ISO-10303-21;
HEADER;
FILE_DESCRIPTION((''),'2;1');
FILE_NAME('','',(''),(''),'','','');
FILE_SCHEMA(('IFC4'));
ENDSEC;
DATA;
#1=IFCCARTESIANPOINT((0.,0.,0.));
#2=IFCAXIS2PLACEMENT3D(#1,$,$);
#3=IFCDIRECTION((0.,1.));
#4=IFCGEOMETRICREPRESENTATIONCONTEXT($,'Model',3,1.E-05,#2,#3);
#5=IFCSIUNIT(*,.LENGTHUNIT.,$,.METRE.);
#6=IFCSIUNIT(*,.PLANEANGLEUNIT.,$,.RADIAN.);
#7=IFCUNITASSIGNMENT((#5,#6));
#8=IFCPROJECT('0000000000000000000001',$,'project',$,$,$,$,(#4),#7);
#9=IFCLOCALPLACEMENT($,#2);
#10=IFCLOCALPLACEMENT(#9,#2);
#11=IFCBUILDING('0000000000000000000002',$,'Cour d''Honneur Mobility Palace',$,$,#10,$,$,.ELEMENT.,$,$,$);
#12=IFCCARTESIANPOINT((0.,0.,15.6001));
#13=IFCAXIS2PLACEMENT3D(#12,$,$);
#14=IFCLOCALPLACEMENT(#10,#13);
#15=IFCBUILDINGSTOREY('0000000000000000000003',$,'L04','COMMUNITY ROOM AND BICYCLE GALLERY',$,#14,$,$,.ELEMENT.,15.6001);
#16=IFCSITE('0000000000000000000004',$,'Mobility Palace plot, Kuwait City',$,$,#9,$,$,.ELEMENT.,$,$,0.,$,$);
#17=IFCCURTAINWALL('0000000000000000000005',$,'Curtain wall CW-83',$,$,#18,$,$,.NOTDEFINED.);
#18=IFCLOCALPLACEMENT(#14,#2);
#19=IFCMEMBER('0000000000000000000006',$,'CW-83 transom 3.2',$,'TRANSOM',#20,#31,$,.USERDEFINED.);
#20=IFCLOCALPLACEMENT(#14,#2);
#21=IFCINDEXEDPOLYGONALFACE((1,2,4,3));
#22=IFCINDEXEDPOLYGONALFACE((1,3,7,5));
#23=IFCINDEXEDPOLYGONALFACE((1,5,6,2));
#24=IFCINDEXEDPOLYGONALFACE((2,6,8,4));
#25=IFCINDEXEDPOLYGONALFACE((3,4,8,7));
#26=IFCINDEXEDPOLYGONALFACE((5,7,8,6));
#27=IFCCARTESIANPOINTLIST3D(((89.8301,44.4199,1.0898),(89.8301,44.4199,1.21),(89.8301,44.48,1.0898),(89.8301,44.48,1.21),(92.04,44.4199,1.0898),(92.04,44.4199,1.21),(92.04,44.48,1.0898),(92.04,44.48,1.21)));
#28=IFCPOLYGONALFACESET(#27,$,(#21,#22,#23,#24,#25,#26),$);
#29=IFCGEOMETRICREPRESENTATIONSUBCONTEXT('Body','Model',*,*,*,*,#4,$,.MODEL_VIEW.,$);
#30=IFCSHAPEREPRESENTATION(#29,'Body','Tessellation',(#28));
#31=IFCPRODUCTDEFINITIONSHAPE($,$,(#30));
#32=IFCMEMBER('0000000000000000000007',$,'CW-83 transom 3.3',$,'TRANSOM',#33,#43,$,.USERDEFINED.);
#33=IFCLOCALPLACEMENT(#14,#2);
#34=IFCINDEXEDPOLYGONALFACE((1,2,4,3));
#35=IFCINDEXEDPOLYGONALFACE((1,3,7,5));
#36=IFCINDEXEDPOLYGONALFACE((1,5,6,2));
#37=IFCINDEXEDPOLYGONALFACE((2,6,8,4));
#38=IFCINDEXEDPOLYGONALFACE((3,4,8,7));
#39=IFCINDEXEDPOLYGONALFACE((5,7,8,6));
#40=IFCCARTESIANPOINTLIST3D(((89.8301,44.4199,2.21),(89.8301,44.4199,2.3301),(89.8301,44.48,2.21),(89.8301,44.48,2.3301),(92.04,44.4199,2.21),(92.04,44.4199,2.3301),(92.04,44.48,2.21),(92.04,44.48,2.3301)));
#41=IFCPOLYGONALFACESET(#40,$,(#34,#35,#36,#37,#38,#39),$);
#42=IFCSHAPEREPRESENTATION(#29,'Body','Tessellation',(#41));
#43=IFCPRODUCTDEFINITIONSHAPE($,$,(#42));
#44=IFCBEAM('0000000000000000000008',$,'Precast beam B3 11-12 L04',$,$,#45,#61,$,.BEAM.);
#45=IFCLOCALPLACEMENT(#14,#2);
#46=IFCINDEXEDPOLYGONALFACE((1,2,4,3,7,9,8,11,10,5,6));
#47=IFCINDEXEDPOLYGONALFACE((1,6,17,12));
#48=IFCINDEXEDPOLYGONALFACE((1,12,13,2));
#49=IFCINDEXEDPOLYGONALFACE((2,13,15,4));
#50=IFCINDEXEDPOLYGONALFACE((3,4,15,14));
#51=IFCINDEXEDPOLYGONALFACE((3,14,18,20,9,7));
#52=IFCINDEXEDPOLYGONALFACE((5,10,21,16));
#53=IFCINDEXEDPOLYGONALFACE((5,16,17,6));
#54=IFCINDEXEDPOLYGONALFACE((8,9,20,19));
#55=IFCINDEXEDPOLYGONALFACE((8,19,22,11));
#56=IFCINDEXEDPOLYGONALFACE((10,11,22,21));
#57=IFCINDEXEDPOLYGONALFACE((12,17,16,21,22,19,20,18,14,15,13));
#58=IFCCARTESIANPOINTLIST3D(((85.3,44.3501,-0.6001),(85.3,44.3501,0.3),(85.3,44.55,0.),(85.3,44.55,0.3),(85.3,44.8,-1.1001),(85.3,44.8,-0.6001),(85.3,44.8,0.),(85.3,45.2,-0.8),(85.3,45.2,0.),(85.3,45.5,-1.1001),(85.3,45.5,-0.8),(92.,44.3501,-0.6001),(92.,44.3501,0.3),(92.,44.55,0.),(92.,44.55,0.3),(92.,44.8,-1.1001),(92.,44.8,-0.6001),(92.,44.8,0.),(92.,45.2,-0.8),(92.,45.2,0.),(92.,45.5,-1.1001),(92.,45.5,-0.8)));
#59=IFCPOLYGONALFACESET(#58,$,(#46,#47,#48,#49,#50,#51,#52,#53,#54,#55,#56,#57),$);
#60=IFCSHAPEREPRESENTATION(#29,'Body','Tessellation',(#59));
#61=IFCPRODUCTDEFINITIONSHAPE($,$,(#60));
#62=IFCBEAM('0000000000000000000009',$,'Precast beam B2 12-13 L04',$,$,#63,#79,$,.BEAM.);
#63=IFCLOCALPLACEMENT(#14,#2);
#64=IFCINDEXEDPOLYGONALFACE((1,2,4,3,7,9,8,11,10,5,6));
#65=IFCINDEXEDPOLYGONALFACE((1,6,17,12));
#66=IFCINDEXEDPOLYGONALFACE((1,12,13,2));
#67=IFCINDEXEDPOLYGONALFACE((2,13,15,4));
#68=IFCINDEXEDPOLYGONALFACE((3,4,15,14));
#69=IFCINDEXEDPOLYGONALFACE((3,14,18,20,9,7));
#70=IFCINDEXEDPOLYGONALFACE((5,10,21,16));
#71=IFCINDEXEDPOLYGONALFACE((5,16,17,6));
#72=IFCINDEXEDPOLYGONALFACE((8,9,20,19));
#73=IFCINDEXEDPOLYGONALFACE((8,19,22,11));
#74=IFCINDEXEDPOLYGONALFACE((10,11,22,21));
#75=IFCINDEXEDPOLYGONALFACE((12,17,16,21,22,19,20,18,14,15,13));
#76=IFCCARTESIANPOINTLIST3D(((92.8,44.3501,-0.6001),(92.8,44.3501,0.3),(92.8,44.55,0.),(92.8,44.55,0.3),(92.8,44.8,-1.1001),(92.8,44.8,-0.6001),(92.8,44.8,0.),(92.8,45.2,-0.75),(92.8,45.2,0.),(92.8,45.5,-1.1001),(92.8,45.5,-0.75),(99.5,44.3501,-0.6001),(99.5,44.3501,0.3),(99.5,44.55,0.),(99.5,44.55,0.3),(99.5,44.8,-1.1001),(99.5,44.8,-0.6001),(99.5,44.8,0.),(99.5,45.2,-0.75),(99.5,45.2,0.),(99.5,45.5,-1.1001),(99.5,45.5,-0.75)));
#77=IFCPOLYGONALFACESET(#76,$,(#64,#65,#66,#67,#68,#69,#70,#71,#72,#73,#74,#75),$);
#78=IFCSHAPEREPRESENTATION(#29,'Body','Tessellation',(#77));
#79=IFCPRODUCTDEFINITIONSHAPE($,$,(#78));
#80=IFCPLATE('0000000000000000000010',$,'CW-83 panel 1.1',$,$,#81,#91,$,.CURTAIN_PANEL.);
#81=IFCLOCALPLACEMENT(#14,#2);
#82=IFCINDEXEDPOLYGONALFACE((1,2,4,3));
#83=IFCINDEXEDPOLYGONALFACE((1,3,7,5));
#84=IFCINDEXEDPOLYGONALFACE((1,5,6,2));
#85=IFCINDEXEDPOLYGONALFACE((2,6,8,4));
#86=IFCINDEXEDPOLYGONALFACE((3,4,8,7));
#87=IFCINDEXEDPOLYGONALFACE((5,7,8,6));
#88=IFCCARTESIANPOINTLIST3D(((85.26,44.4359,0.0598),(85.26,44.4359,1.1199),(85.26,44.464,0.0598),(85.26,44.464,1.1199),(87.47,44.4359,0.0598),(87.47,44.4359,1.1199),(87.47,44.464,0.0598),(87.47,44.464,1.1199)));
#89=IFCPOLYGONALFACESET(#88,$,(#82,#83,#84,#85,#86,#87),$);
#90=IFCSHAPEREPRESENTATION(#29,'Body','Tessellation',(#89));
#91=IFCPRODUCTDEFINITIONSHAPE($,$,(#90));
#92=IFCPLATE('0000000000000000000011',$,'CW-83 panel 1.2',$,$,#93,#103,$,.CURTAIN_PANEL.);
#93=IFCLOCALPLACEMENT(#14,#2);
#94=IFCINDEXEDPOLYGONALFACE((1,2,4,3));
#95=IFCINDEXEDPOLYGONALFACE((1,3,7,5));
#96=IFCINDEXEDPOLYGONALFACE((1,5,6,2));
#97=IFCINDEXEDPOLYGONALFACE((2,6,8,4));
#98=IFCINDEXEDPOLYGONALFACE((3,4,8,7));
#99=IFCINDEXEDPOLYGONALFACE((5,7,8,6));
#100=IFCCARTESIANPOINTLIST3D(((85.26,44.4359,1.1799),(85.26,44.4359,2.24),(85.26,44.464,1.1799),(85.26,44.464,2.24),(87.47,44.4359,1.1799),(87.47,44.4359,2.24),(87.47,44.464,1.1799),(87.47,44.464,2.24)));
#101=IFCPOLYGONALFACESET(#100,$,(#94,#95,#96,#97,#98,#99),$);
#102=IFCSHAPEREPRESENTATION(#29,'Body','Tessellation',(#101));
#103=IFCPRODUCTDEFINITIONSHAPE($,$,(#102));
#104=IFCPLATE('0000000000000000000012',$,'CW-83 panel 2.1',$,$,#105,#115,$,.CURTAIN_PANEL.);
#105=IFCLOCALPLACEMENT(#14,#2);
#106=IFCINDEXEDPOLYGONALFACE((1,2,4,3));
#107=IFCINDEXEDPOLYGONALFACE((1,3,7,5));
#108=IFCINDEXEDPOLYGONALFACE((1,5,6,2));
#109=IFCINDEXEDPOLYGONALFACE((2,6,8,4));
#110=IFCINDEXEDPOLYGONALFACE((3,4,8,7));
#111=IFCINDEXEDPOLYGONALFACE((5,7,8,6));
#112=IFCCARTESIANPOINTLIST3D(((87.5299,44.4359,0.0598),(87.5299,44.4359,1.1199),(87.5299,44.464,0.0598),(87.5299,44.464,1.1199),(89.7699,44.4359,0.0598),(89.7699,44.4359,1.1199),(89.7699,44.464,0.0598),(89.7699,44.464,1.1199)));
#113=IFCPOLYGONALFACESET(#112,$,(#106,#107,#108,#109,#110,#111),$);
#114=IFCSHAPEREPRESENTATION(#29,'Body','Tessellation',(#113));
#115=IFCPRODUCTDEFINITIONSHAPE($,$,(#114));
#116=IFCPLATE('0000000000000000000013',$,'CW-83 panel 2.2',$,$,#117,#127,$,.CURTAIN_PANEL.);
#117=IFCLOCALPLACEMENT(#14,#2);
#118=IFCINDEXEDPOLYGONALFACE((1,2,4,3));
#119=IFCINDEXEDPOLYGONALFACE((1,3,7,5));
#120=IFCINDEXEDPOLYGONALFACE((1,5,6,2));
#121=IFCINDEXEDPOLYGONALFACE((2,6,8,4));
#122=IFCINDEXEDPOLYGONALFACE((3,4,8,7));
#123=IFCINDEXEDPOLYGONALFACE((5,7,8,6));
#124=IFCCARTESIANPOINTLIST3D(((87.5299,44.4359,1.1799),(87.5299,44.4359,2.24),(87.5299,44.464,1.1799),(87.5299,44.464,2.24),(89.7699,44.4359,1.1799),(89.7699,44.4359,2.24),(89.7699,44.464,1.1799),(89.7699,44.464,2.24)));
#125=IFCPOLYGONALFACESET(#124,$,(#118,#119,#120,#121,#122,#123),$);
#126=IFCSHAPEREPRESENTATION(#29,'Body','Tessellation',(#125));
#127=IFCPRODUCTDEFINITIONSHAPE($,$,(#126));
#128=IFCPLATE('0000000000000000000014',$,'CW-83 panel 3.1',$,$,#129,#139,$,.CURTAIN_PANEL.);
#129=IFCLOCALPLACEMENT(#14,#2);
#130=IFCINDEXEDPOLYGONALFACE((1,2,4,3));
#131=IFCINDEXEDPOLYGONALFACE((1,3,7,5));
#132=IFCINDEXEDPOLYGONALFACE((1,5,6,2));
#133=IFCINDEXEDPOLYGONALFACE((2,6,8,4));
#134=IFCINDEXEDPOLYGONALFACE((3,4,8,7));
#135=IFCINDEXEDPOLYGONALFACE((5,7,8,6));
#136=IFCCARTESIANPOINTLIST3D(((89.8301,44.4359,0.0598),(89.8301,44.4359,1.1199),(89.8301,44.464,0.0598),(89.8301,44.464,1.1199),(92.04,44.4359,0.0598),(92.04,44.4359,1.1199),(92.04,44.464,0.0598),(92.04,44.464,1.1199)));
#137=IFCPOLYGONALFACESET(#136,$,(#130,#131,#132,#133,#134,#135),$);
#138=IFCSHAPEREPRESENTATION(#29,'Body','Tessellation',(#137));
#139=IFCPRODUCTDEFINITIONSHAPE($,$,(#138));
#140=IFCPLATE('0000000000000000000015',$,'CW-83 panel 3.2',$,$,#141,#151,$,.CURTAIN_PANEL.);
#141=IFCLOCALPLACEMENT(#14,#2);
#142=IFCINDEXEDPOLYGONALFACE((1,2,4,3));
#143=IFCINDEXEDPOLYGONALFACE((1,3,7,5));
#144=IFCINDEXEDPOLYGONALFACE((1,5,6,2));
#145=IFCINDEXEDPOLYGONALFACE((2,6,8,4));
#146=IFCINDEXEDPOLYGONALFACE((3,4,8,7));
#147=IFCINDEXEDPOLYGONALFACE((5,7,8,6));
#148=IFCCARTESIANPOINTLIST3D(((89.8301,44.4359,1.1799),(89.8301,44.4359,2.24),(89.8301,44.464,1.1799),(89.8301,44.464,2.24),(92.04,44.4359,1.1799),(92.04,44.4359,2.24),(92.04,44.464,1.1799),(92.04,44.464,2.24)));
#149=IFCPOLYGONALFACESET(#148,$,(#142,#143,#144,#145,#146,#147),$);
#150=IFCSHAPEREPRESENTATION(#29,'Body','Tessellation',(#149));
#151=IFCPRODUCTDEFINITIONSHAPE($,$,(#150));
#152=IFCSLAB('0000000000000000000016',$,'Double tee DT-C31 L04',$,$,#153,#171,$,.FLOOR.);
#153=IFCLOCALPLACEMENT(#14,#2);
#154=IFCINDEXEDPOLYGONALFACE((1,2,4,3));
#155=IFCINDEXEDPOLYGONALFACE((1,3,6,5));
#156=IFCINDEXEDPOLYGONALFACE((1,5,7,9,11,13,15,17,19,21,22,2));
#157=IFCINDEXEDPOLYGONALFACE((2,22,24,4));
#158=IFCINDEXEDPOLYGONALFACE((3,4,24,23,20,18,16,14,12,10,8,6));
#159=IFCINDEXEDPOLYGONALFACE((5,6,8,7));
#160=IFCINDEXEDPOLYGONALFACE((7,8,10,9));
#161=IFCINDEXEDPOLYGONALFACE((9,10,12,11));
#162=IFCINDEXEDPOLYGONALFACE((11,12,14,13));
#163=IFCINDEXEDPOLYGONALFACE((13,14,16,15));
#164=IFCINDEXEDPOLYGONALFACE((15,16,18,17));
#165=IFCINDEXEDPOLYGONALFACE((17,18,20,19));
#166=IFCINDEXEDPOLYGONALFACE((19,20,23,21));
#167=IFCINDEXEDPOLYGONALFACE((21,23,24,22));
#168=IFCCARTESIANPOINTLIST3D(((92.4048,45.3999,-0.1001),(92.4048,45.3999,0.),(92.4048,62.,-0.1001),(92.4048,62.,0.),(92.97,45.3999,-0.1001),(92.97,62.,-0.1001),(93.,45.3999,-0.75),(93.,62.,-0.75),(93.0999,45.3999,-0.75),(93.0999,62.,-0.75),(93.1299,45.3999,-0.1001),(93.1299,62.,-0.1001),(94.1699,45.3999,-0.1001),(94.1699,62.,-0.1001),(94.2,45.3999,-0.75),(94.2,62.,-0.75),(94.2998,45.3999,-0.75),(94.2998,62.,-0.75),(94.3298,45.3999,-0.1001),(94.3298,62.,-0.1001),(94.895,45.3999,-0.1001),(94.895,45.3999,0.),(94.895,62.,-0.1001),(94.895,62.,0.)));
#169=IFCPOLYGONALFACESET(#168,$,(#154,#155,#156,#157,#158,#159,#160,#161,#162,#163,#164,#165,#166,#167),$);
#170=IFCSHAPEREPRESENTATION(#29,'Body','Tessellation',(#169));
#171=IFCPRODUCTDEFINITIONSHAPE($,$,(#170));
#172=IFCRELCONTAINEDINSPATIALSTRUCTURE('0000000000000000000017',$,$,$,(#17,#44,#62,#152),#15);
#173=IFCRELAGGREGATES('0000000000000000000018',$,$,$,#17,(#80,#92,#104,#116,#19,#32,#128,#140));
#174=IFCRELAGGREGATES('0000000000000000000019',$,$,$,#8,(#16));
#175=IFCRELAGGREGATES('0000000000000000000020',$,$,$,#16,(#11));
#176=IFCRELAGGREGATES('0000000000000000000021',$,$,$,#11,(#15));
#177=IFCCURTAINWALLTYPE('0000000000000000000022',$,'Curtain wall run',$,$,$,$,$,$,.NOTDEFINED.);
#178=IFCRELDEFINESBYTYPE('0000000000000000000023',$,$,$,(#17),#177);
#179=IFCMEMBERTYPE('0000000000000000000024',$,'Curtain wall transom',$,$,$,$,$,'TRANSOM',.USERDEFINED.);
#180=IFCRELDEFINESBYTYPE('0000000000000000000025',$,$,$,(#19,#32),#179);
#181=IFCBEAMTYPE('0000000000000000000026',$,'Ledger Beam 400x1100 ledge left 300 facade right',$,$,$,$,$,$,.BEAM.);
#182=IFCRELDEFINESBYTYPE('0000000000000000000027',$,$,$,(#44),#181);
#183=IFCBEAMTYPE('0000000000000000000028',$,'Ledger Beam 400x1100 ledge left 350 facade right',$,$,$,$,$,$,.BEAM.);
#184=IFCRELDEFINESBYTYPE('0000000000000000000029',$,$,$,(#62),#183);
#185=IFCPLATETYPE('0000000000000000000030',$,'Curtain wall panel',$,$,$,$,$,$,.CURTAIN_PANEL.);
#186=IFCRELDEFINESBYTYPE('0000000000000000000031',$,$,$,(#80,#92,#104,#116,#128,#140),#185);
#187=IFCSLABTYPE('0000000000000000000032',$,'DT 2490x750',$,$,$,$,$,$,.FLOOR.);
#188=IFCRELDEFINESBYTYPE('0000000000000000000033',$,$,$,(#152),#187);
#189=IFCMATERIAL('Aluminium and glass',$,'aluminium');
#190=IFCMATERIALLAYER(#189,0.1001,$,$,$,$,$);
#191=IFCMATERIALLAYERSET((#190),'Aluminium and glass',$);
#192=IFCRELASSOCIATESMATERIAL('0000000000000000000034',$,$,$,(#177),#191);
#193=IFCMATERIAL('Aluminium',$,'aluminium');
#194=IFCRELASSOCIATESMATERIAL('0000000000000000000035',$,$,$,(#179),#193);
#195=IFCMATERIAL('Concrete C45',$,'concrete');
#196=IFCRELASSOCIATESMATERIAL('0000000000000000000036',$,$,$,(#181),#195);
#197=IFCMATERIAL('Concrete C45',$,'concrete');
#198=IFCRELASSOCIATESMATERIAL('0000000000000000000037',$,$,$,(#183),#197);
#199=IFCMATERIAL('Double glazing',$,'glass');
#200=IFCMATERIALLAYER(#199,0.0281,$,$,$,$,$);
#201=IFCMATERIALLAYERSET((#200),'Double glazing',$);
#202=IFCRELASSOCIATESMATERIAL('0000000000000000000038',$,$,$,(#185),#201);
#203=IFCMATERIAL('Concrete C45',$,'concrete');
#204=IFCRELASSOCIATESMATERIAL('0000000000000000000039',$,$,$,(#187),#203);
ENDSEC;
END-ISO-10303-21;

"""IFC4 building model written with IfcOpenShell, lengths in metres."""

from ifc_helpers import new_model, si_unit, direction, frame, origin, origin_2d, place, context, subcontext, project, spatial, polyline, rectangle, outline, extrude, material, layer, layer_set, material_profile, profile_set, type_object, element, aggregate, save


model = new_model("IFC4")

# Units and contexts
model_context = context("Model", 3, precision=1e-05, world=origin(), true_north=direction((0.0, 1.0)))
body_context = subcontext(model_context, "Body", "Model", "MODEL_VIEW")
ifc_project = project(units=[si_unit("LENGTHUNIT", "METRE"), si_unit("PLANEANGLEUNIT", "RADIAN")], contexts=[model_context])

# Site, building, storey
site_placement = place(None, origin())
site = spatial("IfcSite", under=ifc_project, at=site_placement, Name="Mobility Palace plot, Kuwait City", CompositionType="ELEMENT", RefElevation=0.0)
building_placement = place(site_placement, origin())
building = spatial("IfcBuilding", under=site, at=building_placement, Name="Cour d'Honneur Mobility Palace", CompositionType="ELEMENT")
storey_placement = place(building_placement, frame((0.0, 0.0, 15.6001)))
storey = spatial("IfcBuildingStorey", under=building, at=storey_placement, Name="L04", Description="COMMUNITY ROOM AND BICYCLE GALLERY", CompositionType="ELEMENT", Elevation=15.6001)

# Shared definitions
ifc_material_1 = material(Name="Aluminium and glass", Category="aluminium")
ifc_layer_1 = layer(ifc_material_1, 0.1001)
ifc_layer_set_1 = layer_set([ifc_layer_1], Name="Aluminium and glass")
curtain_wall_type = type_object("IfcCurtainWallType", Name="Curtain wall run", PredefinedType="NOTDEFINED", material=ifc_layer_set_1)

# Curtain wall, members
curtain_wall_1_placement = place(storey_placement, origin())
curtain_wall_1 = element("IfcCurtainWall", 1, at=curtain_wall_1_placement, inside=storey, type_object=curtain_wall_type, Name="Curtain wall CW-83", PredefinedType="NOTDEFINED")
ifc_material_2 = material(Name="Aluminium", Category="aluminium")
ifc_material_profile_1 = material_profile(ifc_material_2, rectangle(XDim=0.0601, YDim=0.1201, at=origin_2d()), Name="Curtain wall transom")
ifc_profile_set_1 = profile_set([ifc_material_profile_1], Name="Aluminium")
member_type_1 = type_object("IfcMemberType", Name="Curtain wall transom", ElementType="TRANSOM", PredefinedType="USERDEFINED", material=ifc_profile_set_1)
member_1_placement = place(storey_placement, frame((89.8301, 44.45, 1.1499), z_axis=(1.0, 0.0, 0.0), x_axis=(0.0, 1.0, 0.0)))
member_1 = element("IfcMember", 2, at=member_1_placement, type_object=member_type_1, Name="CW-83 transom 3.2", ObjectType="TRANSOM", PredefinedType="USERDEFINED", context=body_context, shape_type="SweptSolid", body=[
    extrude(rectangle(XDim=0.0601, YDim=0.1201, at=origin_2d()), origin(), (0.0, 0.0, 1.0), 2.21),
])
member_2_placement = place(storey_placement, frame((89.8301, 44.45, 2.27), z_axis=(1.0, 0.0, 0.0), x_axis=(0.0, 1.0, 0.0)))
member_2 = element("IfcMember", 3, at=member_2_placement, type_object=member_type_1, Name="CW-83 transom 3.3", ObjectType="TRANSOM", PredefinedType="USERDEFINED", context=body_context, shape_type="SweptSolid", body=[
    extrude(rectangle(XDim=0.0601, YDim=0.1201, at=origin_2d()), origin(), (0.0, 0.0, 1.0), 2.21),
])

# Beams
ifc_material_3 = material(Name="Concrete C45", Category="concrete")
ifc_material_profile_2 = material_profile(ifc_material_3, outline(polyline([(0.5, -1.1001), (0.5, -0.8), (0.2, -0.8), (0.2, 0.0), (-0.2, 0.0), (-0.45, 0.0), (-0.45, 0.3), (-0.6499, 0.3), (-0.6499, -0.6001), (-0.2, -0.6001), (-0.2, -1.1001), (0.5, -1.1001)])), Name="Ledger Beam 400x1100 ledge left 300 facade right")
ifc_profile_set_2 = profile_set([ifc_material_profile_2], Name="Concrete C45")
beam_type_1 = type_object("IfcBeamType", Name="Ledger Beam 400x1100 ledge left 300 facade right", PredefinedType="BEAM", material=ifc_profile_set_2)
beam_1_placement = place(storey_placement, frame((85.3, 45.0, 0.0), z_axis=(1.0, 0.0, 0.0), x_axis=(0.0, 1.0, 0.0)))
element("IfcBeam", 4, at=beam_1_placement, inside=storey, type_object=beam_type_1, Name="Precast beam B3 11-12 L04", PredefinedType="BEAM", context=body_context, shape_type="SweptSolid", body=[
    extrude(outline(polyline([(0.5, -1.1001), (0.5, -0.8), (0.2, -0.8), (0.2, 0.0), (-0.2, 0.0), (-0.45, 0.0), (-0.45, 0.3), (-0.6499, 0.3), (-0.6499, -0.6001), (-0.2, -0.6001), (-0.2, -1.1001), (0.5, -1.1001)])), origin(), (0.0, 0.0, 1.0), 6.7),
])
ifc_material_4 = material(Name="Concrete C45", Category="concrete")
ifc_material_profile_3 = material_profile(ifc_material_4, outline(polyline([(0.5, -1.1001), (0.5, -0.75), (0.2, -0.75), (0.2, 0.0), (-0.2, 0.0), (-0.45, 0.0), (-0.45, 0.3), (-0.6499, 0.3), (-0.6499, -0.6001), (-0.2, -0.6001), (-0.2, -1.1001), (0.5, -1.1001)])), Name="Ledger Beam 400x1100 ledge left 350 facade right")
ifc_profile_set_3 = profile_set([ifc_material_profile_3], Name="Concrete C45")
beam_type_2 = type_object("IfcBeamType", Name="Ledger Beam 400x1100 ledge left 350 facade right", PredefinedType="BEAM", material=ifc_profile_set_3)
beam_2_placement = place(storey_placement, frame((92.8, 45.0, 0.0), z_axis=(1.0, 0.0, 0.0), x_axis=(0.0, 1.0, 0.0)))
element("IfcBeam", 5, at=beam_2_placement, inside=storey, type_object=beam_type_2, Name="Precast beam B2 12-13 L04", PredefinedType="BEAM", context=body_context, shape_type="SweptSolid", body=[
    extrude(outline(polyline([(0.5, -1.1001), (0.5, -0.75), (0.2, -0.75), (0.2, 0.0), (-0.2, 0.0), (-0.45, 0.0), (-0.45, 0.3), (-0.6499, 0.3), (-0.6499, -0.6001), (-0.2, -0.6001), (-0.2, -1.1001), (0.5, -1.1001)])), origin(), (0.0, 0.0, 1.0), 6.7),
])

# Plates
ifc_material_5 = material(Name="Double glazing", Category="glass")
ifc_layer_2 = layer(ifc_material_5, 0.0281)
ifc_layer_set_2 = layer_set([ifc_layer_2], Name="Double glazing")
plate_type = type_object("IfcPlateType", Name="Curtain wall panel", PredefinedType="CURTAIN_PANEL", material=ifc_layer_set_2)
plate_1_placement = place(storey_placement, frame((86.365, 44.45, 0.0598), z_axis=(0.0, 0.0, 1.0), x_axis=(1.0, 0.0, 0.0)))
plate_1 = element("IfcPlate", 6, at=plate_1_placement, type_object=plate_type, Name="CW-83 panel 1.1", PredefinedType="CURTAIN_PANEL", context=body_context, shape_type="SweptSolid", body=[
    extrude(rectangle(XDim=2.21, YDim=0.0281, at=origin_2d()), origin(), (0.0, 0.0, 1.0), 1.0601),
])
plate_2_placement = place(storey_placement, frame((86.365, 44.45, 1.1799), z_axis=(0.0, 0.0, 1.0), x_axis=(1.0, 0.0, 0.0)))
plate_2 = element("IfcPlate", 7, at=plate_2_placement, type_object=plate_type, Name="CW-83 panel 1.2", PredefinedType="CURTAIN_PANEL", context=body_context, shape_type="SweptSolid", body=[
    extrude(rectangle(XDim=2.21, YDim=0.0281, at=origin_2d()), origin(), (0.0, 0.0, 1.0), 1.0601),
])
plate_3_placement = place(storey_placement, frame((88.6499, 44.45, 0.0598), z_axis=(0.0, 0.0, 1.0), x_axis=(1.0, 0.0, 0.0)))
plate_3 = element("IfcPlate", 8, at=plate_3_placement, type_object=plate_type, Name="CW-83 panel 2.1", PredefinedType="CURTAIN_PANEL", context=body_context, shape_type="SweptSolid", body=[
    extrude(rectangle(XDim=2.24, YDim=0.0281, at=origin_2d()), origin(), (0.0, 0.0, 1.0), 1.0601),
])
plate_4_placement = place(storey_placement, frame((88.6499, 44.45, 1.1799), z_axis=(0.0, 0.0, 1.0), x_axis=(1.0, 0.0, 0.0)))
plate_4 = element("IfcPlate", 9, at=plate_4_placement, type_object=plate_type, Name="CW-83 panel 2.2", PredefinedType="CURTAIN_PANEL", context=body_context, shape_type="SweptSolid", body=[
    extrude(rectangle(XDim=2.24, YDim=0.0281, at=origin_2d()), origin(), (0.0, 0.0, 1.0), 1.0601),
])
plate_5_placement = place(storey_placement, frame((90.9351, 44.45, 0.0598), z_axis=(0.0, 0.0, 1.0), x_axis=(1.0, 0.0, 0.0)))
plate_5 = element("IfcPlate", 10, at=plate_5_placement, type_object=plate_type, Name="CW-83 panel 3.1", PredefinedType="CURTAIN_PANEL", context=body_context, shape_type="SweptSolid", body=[
    extrude(rectangle(XDim=2.21, YDim=0.0281, at=origin_2d()), origin(), (0.0, 0.0, 1.0), 1.0601),
])
plate_6_placement = place(storey_placement, frame((90.9351, 44.45, 1.1799), z_axis=(0.0, 0.0, 1.0), x_axis=(1.0, 0.0, 0.0)))
plate_6 = element("IfcPlate", 11, at=plate_6_placement, type_object=plate_type, Name="CW-83 panel 3.2", PredefinedType="CURTAIN_PANEL", context=body_context, shape_type="SweptSolid", body=[
    extrude(rectangle(XDim=2.21, YDim=0.0281, at=origin_2d()), origin(), (0.0, 0.0, 1.0), 1.0601),
])
aggregate(curtain_wall_1, [plate_1, plate_2, plate_3, plate_4, member_1, member_2, plate_5, plate_6])

# Slab
ifc_material_6 = material(Name="Concrete C45", Category="concrete")
ifc_material_profile_4 = material_profile(ifc_material_6, outline(polyline([(-1.2451, 0.0), (1.2451, 0.0), (1.2451, -0.1001), (0.6799, -0.1001), (0.6499, -0.75), (0.55, -0.75), (0.52, -0.1001), (-0.52, -0.1001), (-0.55, -0.75), (-0.6499, -0.75), (-0.6799, -0.1001), (-1.2451, -0.1001), (-1.2451, 0.0)])), Name="DT 2490x750")
ifc_profile_set_4 = profile_set([ifc_material_profile_4], Name="Concrete C45")
slab_type = type_object("IfcSlabType", Name="DT 2490x750", PredefinedType="FLOOR", material=ifc_profile_set_4)
slab_1_placement = place(storey_placement, frame((93.6499, 45.3999, 0.0), z_axis=(0.0, 1.0, 0.0), x_axis=(-1.0, 0.0, 0.0)))
element("IfcSlab", 12, at=slab_1_placement, inside=storey, type_object=slab_type, Name="Double tee DT-C31 L04", PredefinedType="FLOOR", context=body_context, shape_type="SweptSolid", body=[
    extrude(outline(polyline([(-1.2451, 0.0), (1.2451, 0.0), (1.2451, -0.1001), (0.6799, -0.1001), (0.6499, -0.75), (0.55, -0.75), (0.52, -0.1001), (-0.52, -0.1001), (-0.55, -0.75), (-0.6499, -0.75), (-0.6799, -0.1001), (-1.2451, -0.1001), (-1.2451, 0.0)])), origin(), (0.0, 0.0, 1.0), 16.6001),
])

save(model, "model.ifc")
